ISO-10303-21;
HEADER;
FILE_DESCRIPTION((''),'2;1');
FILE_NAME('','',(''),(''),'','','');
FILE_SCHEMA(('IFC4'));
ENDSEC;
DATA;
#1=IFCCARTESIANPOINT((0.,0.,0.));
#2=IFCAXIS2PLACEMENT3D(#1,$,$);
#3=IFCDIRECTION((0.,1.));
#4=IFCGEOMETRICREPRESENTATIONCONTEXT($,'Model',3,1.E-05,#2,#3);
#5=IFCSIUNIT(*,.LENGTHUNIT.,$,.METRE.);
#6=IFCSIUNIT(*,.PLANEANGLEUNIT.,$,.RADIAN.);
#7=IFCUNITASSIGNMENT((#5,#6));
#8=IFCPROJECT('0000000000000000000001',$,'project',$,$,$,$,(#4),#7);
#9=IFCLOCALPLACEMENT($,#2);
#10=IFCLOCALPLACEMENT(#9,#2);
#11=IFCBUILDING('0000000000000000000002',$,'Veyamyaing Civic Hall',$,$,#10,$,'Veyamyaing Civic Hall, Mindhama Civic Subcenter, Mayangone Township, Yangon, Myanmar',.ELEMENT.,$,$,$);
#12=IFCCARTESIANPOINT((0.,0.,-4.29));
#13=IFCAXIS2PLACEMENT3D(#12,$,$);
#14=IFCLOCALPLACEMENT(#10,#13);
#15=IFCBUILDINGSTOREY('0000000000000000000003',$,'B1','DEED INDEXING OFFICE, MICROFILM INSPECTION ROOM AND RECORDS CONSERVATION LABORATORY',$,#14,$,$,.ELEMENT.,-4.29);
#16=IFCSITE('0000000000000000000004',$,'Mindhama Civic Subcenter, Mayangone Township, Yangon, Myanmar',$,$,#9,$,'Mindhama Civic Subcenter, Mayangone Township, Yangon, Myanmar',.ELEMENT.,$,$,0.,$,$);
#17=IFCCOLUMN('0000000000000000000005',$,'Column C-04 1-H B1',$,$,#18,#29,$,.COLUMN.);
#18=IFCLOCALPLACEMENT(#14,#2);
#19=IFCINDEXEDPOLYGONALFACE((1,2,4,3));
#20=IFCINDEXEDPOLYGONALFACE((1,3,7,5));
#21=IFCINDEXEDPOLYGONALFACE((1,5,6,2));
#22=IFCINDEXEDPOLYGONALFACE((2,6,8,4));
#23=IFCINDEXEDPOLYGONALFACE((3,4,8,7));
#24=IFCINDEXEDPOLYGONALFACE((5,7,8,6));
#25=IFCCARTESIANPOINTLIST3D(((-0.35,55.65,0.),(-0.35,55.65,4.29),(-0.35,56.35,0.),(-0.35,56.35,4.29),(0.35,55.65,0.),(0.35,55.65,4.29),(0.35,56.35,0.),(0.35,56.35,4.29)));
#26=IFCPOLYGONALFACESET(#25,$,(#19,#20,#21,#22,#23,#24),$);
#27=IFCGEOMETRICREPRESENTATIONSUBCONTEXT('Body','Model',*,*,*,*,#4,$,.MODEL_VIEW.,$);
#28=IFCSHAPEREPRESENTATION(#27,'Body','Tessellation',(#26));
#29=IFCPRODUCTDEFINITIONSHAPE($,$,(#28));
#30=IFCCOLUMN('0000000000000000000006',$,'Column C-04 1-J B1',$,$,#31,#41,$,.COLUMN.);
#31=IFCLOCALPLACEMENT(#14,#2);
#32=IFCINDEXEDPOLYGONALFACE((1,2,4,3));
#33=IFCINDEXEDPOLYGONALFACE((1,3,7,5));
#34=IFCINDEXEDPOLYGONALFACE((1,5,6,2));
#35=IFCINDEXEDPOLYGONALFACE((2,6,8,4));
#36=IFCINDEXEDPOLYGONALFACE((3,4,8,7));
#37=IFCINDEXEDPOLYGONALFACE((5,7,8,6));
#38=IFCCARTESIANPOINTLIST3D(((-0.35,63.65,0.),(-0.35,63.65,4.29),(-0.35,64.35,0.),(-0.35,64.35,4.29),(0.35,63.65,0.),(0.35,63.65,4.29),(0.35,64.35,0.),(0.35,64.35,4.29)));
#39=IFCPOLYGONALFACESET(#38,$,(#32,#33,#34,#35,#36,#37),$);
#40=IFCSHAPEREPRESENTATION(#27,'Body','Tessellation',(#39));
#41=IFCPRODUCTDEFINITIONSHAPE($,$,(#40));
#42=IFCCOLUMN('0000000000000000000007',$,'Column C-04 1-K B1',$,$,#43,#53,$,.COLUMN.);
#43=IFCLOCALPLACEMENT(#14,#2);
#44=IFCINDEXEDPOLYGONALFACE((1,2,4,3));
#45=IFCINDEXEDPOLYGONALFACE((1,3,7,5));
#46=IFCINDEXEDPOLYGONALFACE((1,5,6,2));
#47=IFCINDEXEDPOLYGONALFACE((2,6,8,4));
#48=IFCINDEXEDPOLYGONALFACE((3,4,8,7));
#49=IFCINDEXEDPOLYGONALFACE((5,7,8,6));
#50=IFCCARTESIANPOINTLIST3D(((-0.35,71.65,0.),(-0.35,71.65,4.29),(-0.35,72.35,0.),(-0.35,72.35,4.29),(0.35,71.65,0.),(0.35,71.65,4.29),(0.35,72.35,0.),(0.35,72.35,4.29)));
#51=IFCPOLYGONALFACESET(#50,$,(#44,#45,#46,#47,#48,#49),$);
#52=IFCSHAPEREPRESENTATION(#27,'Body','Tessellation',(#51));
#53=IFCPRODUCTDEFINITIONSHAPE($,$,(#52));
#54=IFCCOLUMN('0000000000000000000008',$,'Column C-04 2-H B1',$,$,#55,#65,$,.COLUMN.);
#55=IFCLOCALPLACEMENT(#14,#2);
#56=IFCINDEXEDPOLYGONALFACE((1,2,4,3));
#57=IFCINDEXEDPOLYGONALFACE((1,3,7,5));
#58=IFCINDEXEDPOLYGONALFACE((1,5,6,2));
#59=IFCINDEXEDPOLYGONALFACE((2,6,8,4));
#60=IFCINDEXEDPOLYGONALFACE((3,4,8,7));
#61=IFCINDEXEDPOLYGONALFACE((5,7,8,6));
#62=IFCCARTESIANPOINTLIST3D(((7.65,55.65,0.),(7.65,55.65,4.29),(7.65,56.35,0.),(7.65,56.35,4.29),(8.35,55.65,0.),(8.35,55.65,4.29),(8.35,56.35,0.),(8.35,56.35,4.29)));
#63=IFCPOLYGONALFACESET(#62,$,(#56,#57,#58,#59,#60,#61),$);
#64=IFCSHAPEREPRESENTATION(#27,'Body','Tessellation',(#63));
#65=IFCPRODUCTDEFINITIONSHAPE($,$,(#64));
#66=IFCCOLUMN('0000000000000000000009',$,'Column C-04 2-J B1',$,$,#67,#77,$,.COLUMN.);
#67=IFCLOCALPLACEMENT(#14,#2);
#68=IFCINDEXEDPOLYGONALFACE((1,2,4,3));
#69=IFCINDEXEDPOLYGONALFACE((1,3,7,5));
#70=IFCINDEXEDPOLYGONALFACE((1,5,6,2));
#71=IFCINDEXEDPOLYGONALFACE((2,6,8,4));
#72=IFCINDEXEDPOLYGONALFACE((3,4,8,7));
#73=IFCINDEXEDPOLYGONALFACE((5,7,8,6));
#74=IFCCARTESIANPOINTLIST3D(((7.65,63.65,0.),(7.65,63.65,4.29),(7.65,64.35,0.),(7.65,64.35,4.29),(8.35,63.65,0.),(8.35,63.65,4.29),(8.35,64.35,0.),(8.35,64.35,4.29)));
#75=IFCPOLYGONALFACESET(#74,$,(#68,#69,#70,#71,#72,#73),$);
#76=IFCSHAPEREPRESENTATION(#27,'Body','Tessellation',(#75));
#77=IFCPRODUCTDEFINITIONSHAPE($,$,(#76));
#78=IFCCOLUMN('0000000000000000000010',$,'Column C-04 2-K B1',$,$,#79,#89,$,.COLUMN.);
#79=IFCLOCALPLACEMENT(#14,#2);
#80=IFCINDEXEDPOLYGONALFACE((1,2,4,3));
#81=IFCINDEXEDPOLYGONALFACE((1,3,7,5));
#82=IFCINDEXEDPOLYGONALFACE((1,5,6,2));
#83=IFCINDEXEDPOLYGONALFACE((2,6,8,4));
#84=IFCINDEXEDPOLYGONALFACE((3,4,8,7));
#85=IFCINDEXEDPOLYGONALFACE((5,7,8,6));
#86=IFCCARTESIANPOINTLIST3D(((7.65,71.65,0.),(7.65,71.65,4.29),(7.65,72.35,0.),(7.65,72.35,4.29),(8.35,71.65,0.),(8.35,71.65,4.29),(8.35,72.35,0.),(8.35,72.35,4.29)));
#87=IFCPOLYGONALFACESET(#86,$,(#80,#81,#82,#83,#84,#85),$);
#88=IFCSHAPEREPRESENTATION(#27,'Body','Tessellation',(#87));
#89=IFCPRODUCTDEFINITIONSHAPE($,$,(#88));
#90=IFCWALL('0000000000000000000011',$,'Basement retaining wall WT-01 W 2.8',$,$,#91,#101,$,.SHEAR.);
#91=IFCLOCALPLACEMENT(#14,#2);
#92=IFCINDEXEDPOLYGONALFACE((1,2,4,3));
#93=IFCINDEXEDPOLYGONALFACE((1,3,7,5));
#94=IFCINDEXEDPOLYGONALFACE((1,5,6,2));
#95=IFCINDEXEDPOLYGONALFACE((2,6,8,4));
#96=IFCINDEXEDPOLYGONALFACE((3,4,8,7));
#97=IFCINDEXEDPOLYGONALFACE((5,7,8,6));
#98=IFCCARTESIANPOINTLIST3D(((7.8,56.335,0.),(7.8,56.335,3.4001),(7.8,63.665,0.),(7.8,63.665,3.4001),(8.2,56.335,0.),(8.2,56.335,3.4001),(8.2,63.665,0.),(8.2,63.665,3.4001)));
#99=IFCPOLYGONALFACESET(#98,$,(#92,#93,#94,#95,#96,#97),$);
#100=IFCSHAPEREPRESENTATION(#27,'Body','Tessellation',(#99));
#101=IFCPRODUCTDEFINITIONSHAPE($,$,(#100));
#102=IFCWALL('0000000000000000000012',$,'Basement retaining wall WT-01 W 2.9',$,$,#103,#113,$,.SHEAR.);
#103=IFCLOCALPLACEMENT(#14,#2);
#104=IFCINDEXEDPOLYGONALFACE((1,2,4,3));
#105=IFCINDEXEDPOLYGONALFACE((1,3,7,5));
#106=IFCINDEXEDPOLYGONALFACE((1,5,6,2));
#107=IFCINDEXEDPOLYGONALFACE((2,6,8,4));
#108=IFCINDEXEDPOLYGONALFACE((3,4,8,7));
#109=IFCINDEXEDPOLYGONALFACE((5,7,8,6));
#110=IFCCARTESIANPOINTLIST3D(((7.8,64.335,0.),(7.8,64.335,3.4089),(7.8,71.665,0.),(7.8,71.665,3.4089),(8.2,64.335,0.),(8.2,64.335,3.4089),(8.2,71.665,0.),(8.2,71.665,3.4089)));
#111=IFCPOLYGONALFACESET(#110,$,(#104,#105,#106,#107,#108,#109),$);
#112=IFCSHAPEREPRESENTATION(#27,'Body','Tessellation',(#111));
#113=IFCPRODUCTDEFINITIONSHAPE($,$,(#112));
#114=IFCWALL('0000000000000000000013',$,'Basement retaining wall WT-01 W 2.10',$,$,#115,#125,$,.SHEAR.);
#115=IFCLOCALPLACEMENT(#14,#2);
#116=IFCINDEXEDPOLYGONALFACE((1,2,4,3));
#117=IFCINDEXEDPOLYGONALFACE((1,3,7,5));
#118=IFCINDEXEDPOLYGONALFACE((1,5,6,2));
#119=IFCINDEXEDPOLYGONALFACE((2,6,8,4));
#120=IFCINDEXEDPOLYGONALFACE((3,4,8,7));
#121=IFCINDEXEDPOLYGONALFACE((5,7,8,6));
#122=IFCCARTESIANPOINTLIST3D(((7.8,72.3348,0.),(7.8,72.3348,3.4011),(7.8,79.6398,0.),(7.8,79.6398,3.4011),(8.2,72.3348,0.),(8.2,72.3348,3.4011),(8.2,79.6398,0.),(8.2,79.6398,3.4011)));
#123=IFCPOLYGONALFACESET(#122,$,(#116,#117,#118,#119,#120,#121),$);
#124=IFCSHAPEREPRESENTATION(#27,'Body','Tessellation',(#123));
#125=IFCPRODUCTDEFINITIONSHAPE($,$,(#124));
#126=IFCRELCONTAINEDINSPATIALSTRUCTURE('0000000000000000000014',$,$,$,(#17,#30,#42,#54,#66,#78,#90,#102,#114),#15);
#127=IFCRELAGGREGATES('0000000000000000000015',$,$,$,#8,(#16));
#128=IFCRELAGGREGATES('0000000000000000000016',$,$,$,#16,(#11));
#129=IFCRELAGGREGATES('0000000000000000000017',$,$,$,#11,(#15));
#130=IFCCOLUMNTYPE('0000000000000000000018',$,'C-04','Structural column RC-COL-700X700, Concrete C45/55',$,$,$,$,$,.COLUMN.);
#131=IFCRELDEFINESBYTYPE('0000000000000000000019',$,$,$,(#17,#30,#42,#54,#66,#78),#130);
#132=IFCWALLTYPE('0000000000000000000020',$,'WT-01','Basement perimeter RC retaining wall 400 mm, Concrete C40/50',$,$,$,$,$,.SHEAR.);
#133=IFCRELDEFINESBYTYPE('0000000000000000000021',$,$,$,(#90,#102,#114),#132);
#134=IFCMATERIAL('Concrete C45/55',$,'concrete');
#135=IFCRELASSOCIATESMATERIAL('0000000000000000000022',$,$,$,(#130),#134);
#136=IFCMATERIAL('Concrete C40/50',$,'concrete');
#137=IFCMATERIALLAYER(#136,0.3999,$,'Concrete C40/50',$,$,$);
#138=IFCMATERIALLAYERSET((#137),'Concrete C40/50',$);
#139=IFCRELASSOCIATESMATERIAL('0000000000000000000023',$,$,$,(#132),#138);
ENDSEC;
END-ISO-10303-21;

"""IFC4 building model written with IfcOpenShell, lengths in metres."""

from ifc_helpers import new_model, si_unit, direction, frame, frame_2d, origin, origin_2d, place, context, subcontext, project, spatial, rectangle, extrude, material, layer, layer_set, material_profile, profile_set, type_object, element, save


model = new_model("IFC4")

# Units and contexts
model_context = context("Model", 3, precision=1e-05, world=origin(), true_north=direction((0.0, 1.0)))
body_context = subcontext(model_context, "Body", "Model", "MODEL_VIEW")
ifc_project = project(units=[si_unit("LENGTHUNIT", "METRE"), si_unit("PLANEANGLEUNIT", "RADIAN")], contexts=[model_context])

# Site, building, storey
site_placement = place(None, origin())
site = spatial("IfcSite", under=ifc_project, at=site_placement, Name="Mindhama Civic Subcenter, Mayangone Township, Yangon, Myanmar", LongName="Mindhama Civic Subcenter, Mayangone Township, Yangon, Myanmar", CompositionType="ELEMENT", RefElevation=0.0)
building_placement = place(site_placement, origin())
building = spatial("IfcBuilding", under=site, at=building_placement, Name="Veyamyaing Civic Hall", LongName="Veyamyaing Civic Hall, Mindhama Civic Subcenter, Mayangone Township, Yangon, Myanmar", CompositionType="ELEMENT")
storey_placement = place(building_placement, frame((0.0, 0.0, -4.29)))
storey = spatial("IfcBuildingStorey", under=building, at=storey_placement, Name="B1", Description="DEED INDEXING OFFICE, MICROFILM INSPECTION ROOM AND RECORDS CONSERVATION LABORATORY", CompositionType="ELEMENT", Elevation=-4.29)

# Shared definitions
ifc_material_1 = material(Name="Concrete C40/50", Category="concrete")

# Columns
ifc_material_2 = material(Name="Concrete C45/55", Category="concrete")
ifc_material_profile_1 = material_profile(ifc_material_2, rectangle(XDim=0.7, YDim=0.7, at=origin_2d()), Name="RC-COL-700X700")
ifc_profile_set_1 = profile_set([ifc_material_profile_1], Name="Concrete C45/55")
column_type = type_object("IfcColumnType", Name="C-04", Description="Structural column RC-COL-700X700, Concrete C45/55", PredefinedType="COLUMN", material=ifc_profile_set_1)
for number, where, z_axis, x_axis, name in (
    (1, (0.0, 56.0, 0.0), (0.0, 0.0, 1.0), (1.0, 0.0, 0.0), "Column C-04 1-H B1"),
    (2, (0.0, 64.0, 0.0), (0.0, 0.0, 1.0), (1.0, 0.0, 0.0), "Column C-04 1-J B1"),
    (3, (0.0, 72.0, 0.0), (0.0, 0.0, 1.0), (1.0, 0.0, 0.0), "Column C-04 1-K B1"),
    (4, (8.0, 56.0, 0.0), (0.0, 0.0, 1.0), (1.0, 0.0, 0.0), "Column C-04 2-H B1"),
    (5, (8.0, 64.0, 0.0), (0.0, 0.0, 1.0), (1.0, 0.0, 0.0), "Column C-04 2-J B1"),
    (6, (8.0, 72.0, 0.0), (0.0, 0.0, 1.0), (1.0, 0.0, 0.0), "Column C-04 2-K B1"),
):
    element("IfcColumn", number, at=place(storey_placement, frame(where, z_axis=z_axis, x_axis=x_axis)), inside=storey, type_object=column_type, Name=name, PredefinedType="COLUMN", context=body_context, shape_type="SweptSolid", body=[
        extrude(rectangle(XDim=0.7, YDim=0.7, at=origin_2d()), origin(), (0.0, 0.0, 1.0), 4.29),
    ])

# Walls
ifc_layer = layer(ifc_material_1, 0.3999, Name="Concrete C40/50")
ifc_layer_set = layer_set([ifc_layer], Name="Concrete C40/50")
wall_type = type_object("IfcWallType", Name="WT-01", Description="Basement perimeter RC retaining wall 400 mm, Concrete C40/50", PredefinedType="SHEAR", material=ifc_layer_set)
wall_1_placement = place(storey_placement, frame((8.0, 56.335, 0.0), z_axis=(0.0, 0.0, 1.0), x_axis=(0.0, 1.0, 0.0)))
element("IfcWall", 7, at=wall_1_placement, inside=storey, type_object=wall_type, Name="Basement retaining wall WT-01 W 2.8", PredefinedType="SHEAR", context=body_context, shape_type="SweptSolid", body=[
    extrude(rectangle(XDim=7.3301, YDim=0.3999, at=frame_2d((3.665, 0.0))), origin(), (0.0, 0.0, 1.0), 3.4001),
])
wall_2_placement = place(storey_placement, frame((8.0, 64.335, 0.0), z_axis=(0.0, 0.0, 1.0), x_axis=(0.0, 1.0, 0.0)))
element("IfcWall", 8, at=wall_2_placement, inside=storey, type_object=wall_type, Name="Basement retaining wall WT-01 W 2.9", PredefinedType="SHEAR", context=body_context, shape_type="SweptSolid", body=[
    extrude(rectangle(XDim=7.3301, YDim=0.3999, at=frame_2d((3.665, 0.0))), origin(), (0.0, 0.0, 1.0), 3.4089),
])
wall_3_placement = place(storey_placement, frame((8.0, 72.335, 0.0), z_axis=(0.0, 0.0, 1.0), x_axis=(0.0, 1.0, 0.0)))
element("IfcWall", 9, at=wall_3_placement, inside=storey, type_object=wall_type, Name="Basement retaining wall WT-01 W 2.10", PredefinedType="SHEAR", context=body_context, shape_type="SweptSolid", body=[
    extrude(rectangle(XDim=7.3049, YDim=0.3999, at=frame_2d((3.6523, 0.0))), origin(), (0.0, 0.0, 1.0), 3.4011),
])

save(model, "model.ifc")
